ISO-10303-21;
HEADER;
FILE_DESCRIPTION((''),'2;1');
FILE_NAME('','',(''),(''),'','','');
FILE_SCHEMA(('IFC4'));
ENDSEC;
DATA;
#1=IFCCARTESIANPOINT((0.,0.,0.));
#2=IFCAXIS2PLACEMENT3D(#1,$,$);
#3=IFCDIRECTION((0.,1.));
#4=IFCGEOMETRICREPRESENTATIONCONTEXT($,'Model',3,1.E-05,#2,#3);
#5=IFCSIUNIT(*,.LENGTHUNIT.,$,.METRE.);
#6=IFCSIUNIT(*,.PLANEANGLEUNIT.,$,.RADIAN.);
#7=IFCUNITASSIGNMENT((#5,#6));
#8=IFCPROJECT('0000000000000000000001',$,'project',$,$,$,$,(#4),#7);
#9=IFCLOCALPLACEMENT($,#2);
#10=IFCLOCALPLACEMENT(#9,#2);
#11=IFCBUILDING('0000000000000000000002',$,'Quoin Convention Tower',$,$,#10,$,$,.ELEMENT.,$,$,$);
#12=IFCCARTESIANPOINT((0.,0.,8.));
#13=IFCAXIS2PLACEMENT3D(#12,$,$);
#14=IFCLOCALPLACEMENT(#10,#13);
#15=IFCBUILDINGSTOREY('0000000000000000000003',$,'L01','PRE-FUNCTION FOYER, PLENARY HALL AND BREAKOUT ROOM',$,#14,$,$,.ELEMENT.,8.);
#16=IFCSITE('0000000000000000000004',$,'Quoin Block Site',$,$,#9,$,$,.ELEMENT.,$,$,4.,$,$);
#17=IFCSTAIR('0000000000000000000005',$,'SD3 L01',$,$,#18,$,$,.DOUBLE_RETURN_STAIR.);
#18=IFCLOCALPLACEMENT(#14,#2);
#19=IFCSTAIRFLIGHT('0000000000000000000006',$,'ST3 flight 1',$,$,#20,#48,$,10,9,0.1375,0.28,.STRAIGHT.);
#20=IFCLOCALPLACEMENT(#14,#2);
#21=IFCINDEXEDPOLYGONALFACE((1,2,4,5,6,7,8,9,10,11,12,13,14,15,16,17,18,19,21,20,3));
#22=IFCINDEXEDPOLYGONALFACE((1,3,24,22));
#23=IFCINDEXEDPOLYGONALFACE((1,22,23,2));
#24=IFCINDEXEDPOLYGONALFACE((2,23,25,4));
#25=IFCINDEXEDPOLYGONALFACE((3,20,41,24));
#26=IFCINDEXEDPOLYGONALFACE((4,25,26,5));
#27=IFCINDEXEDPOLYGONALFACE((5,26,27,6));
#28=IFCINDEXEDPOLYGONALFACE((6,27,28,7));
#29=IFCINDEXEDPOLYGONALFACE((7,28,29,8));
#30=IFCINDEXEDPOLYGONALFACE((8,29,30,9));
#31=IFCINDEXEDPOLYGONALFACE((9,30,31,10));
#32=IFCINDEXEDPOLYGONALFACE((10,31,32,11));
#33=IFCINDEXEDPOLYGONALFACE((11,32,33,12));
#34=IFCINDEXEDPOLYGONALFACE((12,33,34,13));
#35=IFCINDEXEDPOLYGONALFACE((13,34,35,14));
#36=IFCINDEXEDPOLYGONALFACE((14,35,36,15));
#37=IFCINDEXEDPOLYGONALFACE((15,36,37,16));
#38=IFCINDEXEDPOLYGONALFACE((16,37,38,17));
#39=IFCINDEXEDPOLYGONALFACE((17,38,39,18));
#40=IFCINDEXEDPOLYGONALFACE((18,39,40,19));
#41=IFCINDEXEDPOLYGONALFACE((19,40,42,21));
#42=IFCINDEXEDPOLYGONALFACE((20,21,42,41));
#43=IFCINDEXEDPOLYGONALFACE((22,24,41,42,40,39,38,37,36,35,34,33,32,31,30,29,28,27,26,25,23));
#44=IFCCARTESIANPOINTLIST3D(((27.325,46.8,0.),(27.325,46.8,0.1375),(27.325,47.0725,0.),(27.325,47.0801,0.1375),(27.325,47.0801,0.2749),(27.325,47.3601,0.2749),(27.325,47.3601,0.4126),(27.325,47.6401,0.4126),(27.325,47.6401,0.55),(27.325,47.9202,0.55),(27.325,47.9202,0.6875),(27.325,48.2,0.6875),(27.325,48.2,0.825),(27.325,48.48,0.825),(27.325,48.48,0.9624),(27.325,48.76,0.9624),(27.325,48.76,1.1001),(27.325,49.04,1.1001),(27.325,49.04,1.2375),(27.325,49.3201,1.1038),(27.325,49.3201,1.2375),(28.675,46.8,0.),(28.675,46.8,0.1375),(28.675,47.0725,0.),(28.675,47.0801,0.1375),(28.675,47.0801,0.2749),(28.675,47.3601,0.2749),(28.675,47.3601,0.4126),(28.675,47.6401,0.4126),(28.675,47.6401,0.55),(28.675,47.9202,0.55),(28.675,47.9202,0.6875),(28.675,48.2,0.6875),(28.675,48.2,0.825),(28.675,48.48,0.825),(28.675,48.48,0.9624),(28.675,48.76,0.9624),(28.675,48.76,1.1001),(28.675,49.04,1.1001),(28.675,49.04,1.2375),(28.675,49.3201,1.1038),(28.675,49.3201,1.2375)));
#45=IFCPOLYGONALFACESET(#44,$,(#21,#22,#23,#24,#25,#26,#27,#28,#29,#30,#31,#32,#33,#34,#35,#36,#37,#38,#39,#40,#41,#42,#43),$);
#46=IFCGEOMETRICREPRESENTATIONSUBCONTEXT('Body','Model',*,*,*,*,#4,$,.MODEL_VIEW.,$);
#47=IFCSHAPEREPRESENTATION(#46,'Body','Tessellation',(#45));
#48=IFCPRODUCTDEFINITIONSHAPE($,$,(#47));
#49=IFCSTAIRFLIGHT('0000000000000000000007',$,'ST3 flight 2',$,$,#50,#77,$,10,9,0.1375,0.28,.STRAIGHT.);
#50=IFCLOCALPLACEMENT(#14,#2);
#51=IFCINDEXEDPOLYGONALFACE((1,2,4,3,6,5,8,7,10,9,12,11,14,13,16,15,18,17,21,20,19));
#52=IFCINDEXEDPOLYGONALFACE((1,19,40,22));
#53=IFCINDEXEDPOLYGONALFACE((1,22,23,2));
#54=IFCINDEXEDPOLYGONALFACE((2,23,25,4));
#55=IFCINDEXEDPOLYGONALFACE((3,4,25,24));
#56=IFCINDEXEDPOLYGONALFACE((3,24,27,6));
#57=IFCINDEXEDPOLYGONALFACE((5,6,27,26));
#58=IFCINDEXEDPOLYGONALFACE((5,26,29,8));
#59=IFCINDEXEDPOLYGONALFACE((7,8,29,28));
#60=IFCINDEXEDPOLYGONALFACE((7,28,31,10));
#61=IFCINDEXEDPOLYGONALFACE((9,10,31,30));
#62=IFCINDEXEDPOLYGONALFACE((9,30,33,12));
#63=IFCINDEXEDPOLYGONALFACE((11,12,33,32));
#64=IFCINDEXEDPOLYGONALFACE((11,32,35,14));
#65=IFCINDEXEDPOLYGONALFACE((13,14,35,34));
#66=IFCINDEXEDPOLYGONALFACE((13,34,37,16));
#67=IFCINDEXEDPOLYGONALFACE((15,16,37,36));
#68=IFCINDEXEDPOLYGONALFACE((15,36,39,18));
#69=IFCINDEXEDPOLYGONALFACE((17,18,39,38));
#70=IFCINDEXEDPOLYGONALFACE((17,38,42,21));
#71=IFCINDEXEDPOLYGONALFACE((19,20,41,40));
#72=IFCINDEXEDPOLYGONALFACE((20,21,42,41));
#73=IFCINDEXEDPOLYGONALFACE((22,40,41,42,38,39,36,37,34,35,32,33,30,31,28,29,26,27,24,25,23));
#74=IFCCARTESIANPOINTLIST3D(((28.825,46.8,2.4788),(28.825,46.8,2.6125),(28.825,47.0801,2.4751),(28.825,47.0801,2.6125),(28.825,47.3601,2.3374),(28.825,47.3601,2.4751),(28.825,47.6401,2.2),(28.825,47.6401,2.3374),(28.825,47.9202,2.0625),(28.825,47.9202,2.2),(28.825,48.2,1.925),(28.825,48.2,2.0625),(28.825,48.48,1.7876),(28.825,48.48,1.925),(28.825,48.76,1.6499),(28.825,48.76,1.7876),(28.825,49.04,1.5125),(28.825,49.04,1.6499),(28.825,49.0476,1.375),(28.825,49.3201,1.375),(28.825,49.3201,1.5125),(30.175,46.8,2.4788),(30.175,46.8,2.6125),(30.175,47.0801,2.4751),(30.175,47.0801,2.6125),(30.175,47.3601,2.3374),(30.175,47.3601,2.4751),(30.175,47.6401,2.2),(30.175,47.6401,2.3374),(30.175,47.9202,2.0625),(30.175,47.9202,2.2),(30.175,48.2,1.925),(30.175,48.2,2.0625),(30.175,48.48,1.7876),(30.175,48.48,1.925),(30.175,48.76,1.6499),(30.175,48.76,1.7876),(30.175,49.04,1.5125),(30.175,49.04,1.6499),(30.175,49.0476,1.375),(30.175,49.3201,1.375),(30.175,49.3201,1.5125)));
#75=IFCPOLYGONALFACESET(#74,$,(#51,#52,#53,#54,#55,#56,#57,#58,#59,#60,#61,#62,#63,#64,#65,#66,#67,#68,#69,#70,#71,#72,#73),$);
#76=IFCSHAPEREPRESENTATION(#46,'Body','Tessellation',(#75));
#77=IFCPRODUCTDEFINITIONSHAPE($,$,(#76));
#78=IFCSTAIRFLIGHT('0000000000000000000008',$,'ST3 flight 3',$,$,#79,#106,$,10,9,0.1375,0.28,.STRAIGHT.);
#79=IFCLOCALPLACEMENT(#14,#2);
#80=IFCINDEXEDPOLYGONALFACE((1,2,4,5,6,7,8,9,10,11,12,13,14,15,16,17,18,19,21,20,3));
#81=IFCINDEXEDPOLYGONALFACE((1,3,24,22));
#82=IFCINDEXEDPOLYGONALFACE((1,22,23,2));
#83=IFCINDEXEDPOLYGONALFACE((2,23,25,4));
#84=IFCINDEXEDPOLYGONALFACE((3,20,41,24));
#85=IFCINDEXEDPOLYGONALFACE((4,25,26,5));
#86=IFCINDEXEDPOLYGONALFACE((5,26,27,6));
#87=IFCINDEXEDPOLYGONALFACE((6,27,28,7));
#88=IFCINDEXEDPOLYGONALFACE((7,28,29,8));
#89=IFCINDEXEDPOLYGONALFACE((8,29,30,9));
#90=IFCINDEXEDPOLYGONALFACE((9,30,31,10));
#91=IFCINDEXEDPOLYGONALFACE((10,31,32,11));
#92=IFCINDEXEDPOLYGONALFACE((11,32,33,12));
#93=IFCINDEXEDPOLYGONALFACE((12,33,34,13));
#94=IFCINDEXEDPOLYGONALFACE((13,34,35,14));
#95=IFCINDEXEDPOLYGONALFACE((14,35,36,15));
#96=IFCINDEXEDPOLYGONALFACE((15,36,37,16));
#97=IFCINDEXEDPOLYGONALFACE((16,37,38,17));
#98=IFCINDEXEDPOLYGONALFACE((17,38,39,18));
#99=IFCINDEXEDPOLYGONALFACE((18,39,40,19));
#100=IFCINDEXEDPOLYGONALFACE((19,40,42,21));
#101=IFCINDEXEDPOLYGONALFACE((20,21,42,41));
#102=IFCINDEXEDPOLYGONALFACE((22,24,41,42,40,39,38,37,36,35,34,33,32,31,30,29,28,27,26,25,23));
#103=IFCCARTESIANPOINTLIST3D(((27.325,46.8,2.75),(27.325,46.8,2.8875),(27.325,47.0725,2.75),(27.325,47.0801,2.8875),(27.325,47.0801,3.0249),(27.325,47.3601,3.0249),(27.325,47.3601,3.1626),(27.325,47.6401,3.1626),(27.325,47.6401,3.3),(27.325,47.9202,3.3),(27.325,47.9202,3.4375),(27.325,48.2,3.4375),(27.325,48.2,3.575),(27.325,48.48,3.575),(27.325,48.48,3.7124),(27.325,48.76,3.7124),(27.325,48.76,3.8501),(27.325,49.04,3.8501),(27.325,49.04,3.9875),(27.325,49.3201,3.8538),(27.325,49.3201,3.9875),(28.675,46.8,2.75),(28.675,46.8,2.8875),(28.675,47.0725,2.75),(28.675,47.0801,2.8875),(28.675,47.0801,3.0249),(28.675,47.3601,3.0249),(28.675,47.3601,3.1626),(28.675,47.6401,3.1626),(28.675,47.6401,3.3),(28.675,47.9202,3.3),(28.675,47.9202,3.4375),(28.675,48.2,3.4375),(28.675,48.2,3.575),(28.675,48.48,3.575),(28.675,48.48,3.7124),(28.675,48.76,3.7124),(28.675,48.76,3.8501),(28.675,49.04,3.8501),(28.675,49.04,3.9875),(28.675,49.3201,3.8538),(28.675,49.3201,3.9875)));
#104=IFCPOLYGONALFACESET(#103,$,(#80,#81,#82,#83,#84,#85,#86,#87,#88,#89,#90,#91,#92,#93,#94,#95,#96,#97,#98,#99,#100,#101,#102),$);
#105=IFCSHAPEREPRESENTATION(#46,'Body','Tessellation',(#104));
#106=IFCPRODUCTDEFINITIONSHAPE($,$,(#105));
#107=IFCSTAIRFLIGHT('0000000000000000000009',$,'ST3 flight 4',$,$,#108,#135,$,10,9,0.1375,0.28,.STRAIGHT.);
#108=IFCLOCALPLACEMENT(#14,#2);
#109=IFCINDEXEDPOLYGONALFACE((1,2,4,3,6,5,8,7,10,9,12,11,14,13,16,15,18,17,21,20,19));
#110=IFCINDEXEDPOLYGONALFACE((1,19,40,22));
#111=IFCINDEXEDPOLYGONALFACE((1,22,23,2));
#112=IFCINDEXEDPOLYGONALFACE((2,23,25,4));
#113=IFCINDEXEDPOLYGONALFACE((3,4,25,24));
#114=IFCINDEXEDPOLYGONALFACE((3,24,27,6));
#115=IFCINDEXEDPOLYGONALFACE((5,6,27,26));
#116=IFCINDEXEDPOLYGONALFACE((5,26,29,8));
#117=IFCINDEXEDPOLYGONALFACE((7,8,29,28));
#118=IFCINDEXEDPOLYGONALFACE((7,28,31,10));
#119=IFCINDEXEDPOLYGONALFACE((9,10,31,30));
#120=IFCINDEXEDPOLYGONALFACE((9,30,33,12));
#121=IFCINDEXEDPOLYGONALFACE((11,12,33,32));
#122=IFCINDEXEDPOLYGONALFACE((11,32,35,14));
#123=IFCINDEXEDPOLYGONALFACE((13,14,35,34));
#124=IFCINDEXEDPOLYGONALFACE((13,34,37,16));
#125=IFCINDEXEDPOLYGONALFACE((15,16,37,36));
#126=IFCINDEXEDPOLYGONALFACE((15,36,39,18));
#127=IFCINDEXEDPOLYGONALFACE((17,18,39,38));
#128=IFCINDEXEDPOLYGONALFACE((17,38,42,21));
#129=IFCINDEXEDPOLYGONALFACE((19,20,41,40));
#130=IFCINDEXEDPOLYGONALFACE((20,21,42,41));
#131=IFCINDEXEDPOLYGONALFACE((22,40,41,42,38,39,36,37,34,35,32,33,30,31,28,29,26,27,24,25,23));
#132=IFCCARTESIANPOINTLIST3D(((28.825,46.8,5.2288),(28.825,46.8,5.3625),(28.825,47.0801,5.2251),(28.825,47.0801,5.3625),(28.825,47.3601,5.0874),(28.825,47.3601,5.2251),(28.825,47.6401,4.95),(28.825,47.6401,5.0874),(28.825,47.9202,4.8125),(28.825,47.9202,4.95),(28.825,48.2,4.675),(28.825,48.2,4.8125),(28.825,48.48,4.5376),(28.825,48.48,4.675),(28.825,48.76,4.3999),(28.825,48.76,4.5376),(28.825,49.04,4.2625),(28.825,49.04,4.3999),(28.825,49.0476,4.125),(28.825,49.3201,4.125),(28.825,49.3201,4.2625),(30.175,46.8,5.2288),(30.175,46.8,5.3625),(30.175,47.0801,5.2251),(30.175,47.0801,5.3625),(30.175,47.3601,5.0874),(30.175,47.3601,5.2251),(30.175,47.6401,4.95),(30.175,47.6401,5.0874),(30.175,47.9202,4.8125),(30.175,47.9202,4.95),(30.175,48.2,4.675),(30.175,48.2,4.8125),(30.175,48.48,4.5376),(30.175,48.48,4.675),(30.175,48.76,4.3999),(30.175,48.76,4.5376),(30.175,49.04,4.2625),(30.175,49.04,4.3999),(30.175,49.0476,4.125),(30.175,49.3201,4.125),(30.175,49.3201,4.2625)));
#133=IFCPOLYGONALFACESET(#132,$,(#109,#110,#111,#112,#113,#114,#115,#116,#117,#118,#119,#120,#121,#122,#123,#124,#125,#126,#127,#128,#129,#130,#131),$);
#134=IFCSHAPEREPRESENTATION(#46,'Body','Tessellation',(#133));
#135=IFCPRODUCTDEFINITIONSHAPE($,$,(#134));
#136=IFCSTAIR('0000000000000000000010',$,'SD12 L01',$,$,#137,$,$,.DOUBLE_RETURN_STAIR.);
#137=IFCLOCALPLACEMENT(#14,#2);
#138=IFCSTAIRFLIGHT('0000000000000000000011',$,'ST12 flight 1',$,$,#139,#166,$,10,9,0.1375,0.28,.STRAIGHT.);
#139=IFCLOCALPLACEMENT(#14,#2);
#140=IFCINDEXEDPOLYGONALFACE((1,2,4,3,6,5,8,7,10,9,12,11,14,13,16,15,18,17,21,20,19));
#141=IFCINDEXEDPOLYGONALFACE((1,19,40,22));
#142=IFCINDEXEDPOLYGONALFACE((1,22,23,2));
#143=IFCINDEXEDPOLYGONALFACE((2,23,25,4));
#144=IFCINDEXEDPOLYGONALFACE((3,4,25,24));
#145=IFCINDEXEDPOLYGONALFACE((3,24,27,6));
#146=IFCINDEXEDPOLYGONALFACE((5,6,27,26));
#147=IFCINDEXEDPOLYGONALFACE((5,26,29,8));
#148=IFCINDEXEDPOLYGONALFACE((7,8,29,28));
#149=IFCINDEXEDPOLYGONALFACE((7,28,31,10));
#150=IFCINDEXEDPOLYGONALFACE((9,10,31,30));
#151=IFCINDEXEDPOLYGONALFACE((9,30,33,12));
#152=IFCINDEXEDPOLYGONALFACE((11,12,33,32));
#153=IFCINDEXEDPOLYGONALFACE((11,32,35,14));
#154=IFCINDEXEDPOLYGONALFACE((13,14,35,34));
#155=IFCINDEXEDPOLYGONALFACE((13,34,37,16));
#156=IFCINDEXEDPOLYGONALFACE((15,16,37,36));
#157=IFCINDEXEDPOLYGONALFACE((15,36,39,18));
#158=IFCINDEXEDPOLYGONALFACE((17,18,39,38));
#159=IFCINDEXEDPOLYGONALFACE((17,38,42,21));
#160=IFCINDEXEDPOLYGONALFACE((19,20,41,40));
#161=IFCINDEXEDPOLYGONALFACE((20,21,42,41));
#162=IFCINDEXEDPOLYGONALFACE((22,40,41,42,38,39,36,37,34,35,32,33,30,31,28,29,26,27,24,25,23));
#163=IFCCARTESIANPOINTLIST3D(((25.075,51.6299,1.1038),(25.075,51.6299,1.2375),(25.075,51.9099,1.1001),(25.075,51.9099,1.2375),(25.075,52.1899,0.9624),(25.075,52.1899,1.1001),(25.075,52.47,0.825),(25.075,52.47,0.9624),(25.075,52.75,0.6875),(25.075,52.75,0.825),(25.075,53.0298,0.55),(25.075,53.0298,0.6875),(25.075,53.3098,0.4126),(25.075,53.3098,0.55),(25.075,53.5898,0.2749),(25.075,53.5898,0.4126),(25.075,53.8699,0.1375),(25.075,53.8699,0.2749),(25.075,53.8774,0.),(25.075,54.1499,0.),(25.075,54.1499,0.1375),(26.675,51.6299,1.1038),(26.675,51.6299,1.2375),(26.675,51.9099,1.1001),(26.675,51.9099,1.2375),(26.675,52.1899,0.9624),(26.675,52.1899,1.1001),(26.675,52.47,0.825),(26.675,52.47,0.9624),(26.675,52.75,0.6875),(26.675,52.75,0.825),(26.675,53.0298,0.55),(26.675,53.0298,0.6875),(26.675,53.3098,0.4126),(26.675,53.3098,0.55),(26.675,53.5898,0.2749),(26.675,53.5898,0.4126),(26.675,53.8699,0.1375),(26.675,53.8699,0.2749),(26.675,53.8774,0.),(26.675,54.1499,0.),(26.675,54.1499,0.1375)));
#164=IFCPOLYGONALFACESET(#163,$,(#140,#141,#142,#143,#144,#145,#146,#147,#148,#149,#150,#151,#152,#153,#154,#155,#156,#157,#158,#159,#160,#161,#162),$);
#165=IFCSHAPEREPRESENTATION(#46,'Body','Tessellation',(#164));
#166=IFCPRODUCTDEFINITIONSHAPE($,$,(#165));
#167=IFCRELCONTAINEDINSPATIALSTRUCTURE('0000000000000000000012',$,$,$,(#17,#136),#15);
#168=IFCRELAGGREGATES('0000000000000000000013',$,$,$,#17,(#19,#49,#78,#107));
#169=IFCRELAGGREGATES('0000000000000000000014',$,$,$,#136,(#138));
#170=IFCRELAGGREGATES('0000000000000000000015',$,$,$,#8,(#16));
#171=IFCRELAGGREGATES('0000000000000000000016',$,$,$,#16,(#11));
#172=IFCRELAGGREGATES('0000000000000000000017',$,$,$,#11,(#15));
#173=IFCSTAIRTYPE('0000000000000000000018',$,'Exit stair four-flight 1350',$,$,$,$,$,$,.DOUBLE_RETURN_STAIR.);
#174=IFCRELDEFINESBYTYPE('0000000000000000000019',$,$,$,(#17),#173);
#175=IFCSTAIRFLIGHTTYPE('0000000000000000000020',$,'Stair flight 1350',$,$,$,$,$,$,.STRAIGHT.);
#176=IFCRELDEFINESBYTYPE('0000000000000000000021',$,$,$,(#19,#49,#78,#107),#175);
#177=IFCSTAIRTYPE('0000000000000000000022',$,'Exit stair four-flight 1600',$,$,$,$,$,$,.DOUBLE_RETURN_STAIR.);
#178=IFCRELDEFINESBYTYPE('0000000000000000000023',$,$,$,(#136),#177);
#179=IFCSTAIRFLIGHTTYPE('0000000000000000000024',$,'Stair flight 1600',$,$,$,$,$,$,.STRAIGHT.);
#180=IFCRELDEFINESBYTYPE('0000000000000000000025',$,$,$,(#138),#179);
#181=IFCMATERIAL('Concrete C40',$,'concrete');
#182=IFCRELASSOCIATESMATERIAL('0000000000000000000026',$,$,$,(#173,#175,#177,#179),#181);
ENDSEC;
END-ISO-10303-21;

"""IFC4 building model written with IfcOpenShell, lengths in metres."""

from ifc_helpers import new_model, si_unit, direction, frame, origin, place, context, subcontext, project, spatial, polyline, outline, extrude, material, type_object, element, aggregate, save


model = new_model("IFC4")

# Units and contexts
model_context = context("Model", 3, precision=1e-05, world=origin(), true_north=direction((0.0, 1.0)))
body_context = subcontext(model_context, "Body", "Model", "MODEL_VIEW")
ifc_project = project(units=[si_unit("LENGTHUNIT", "METRE"), si_unit("PLANEANGLEUNIT", "RADIAN")], contexts=[model_context])

# Site, building, storey
site_placement = place(None, origin())
site = spatial("IfcSite", under=ifc_project, at=site_placement, Name="Quoin Block Site", CompositionType="ELEMENT", RefElevation=4.0)
building_placement = place(site_placement, origin())
building = spatial("IfcBuilding", under=site, at=building_placement, Name="Quoin Convention Tower", CompositionType="ELEMENT")
storey_placement = place(building_placement, frame((0.0, 0.0, 8.0)))
storey = spatial("IfcBuildingStorey", under=building, at=storey_placement, Name="L01", Description="PRE-FUNCTION FOYER, PLENARY HALL AND BREAKOUT ROOM", CompositionType="ELEMENT", Elevation=8.0)

# Stairs, stair flights
ifc_material_1 = material(Name="Concrete C40", Category="concrete")
stair_type_1 = type_object("IfcStairType", Name="Exit stair four-flight 1350", PredefinedType="DOUBLE_RETURN_STAIR", material=ifc_material_1)
stair_1_placement = place(storey_placement, origin())
stair_1 = element("IfcStair", 1, at=stair_1_placement, inside=storey, type_object=stair_type_1, Name="SD3 L01", PredefinedType="DOUBLE_RETURN_STAIR")
stair_flight_type_1 = type_object("IfcStairFlightType", Name="Stair flight 1350", PredefinedType="STRAIGHT", material=ifc_material_1)
stair_flight_1_placement = place(storey_placement, frame((28.0, 46.8, 0.0), z_axis=(0.0, 0.0, 1.0), x_axis=(0.0, 1.0, 0.0)))
stair_flight_1 = element("IfcStairFlight", 2, at=stair_flight_1_placement, type_object=stair_flight_type_1, Name="ST3 flight 1", NumberOfRisers=10, NumberOfTreads=9, PredefinedType="STRAIGHT", RiserHeight=0.1375, TreadLength=0.28, context=body_context, shape_type="SweptSolid", body=[
    extrude(outline(polyline([(0.0, 0.0), (0.0, 0.1375), (0.28, 0.1375), (0.28, 0.2749), (0.5601, 0.2749), (0.5601, 0.4126), (0.8401, 0.4126), (0.8401, 0.55), (1.1201, 0.55), (1.1201, 0.6875), (1.3999, 0.6875), (1.3999, 0.825), (1.6799, 0.825), (1.6799, 0.9624), (1.96, 0.9624), (1.96, 1.1001), (2.24, 1.1001), (2.24, 1.2375), (2.52, 1.2375), (2.52, 1.375), (2.52, 1.1038), (0.2725, 0.0), (0.0, 0.0)])), frame((0.0, 0.675, 0.0), z_axis=(0.0, -1.0, 0.0), x_axis=(1.0, 0.0, 0.0)), (0.0, 0.0, 1.0), 1.3501),
])
stair_flight_2_placement = place(storey_placement, frame((29.5, 49.3201, 1.375), z_axis=(0.0, 0.0, 1.0), x_axis=(0.0, -1.0, 0.0)))
stair_flight_2 = element("IfcStairFlight", 3, at=stair_flight_2_placement, type_object=stair_flight_type_1, Name="ST3 flight 2", NumberOfRisers=10, NumberOfTreads=9, PredefinedType="STRAIGHT", RiserHeight=0.1375, TreadLength=0.28, context=body_context, shape_type="SweptSolid", body=[
    extrude(outline(polyline([(0.0, 0.0), (0.0, 0.1375), (0.28, 0.1375), (0.28, 0.2749), (0.5601, 0.2749), (0.5601, 0.4126), (0.8401, 0.4126), (0.8401, 0.55), (1.1201, 0.55), (1.1201, 0.6875), (1.3999, 0.6875), (1.3999, 0.825), (1.6799, 0.825), (1.6799, 0.9624), (1.96, 0.9624), (1.96, 1.1001), (2.24, 1.1001), (2.24, 1.2375), (2.52, 1.2375), (2.52, 1.375), (2.52, 1.1038), (0.2725, 0.0), (0.0, 0.0)])), frame((0.0, 0.675, 0.0), z_axis=(0.0, -1.0, 0.0), x_axis=(1.0, 0.0, 0.0)), (0.0, 0.0, 1.0), 1.3501),
])
stair_flight_3_placement = place(storey_placement, frame((28.0, 46.8, 2.75), z_axis=(0.0, 0.0, 1.0), x_axis=(0.0, 1.0, 0.0)))
stair_flight_3 = element("IfcStairFlight", 4, at=stair_flight_3_placement, type_object=stair_flight_type_1, Name="ST3 flight 3", NumberOfRisers=10, NumberOfTreads=9, PredefinedType="STRAIGHT", RiserHeight=0.1375, TreadLength=0.28, context=body_context, shape_type="SweptSolid", body=[
    extrude(outline(polyline([(0.0, 0.0), (0.0, 0.1375), (0.28, 0.1375), (0.28, 0.2749), (0.5601, 0.2749), (0.5601, 0.4126), (0.8401, 0.4126), (0.8401, 0.55), (1.1201, 0.55), (1.1201, 0.6875), (1.3999, 0.6875), (1.3999, 0.825), (1.6799, 0.825), (1.6799, 0.9624), (1.96, 0.9624), (1.96, 1.1001), (2.24, 1.1001), (2.24, 1.2375), (2.52, 1.2375), (2.52, 1.375), (2.52, 1.1038), (0.2725, 0.0), (0.0, 0.0)])), frame((0.0, 0.675, 0.0), z_axis=(0.0, -1.0, 0.0), x_axis=(1.0, 0.0, 0.0)), (0.0, 0.0, 1.0), 1.3501),
])
stair_flight_4_placement = place(storey_placement, frame((29.5, 49.3201, 4.125), z_axis=(0.0, 0.0, 1.0), x_axis=(0.0, -1.0, 0.0)))
stair_flight_4 = element("IfcStairFlight", 5, at=stair_flight_4_placement, type_object=stair_flight_type_1, Name="ST3 flight 4", NumberOfRisers=10, NumberOfTreads=9, PredefinedType="STRAIGHT", RiserHeight=0.1375, TreadLength=0.28, context=body_context, shape_type="SweptSolid", body=[
    extrude(outline(polyline([(0.0, 0.0), (0.0, 0.1375), (0.28, 0.1375), (0.28, 0.2749), (0.5601, 0.2749), (0.5601, 0.4126), (0.8401, 0.4126), (0.8401, 0.55), (1.1201, 0.55), (1.1201, 0.6875), (1.3999, 0.6875), (1.3999, 0.825), (1.6799, 0.825), (1.6799, 0.9624), (1.96, 0.9624), (1.96, 1.1001), (2.24, 1.1001), (2.24, 1.2375), (2.52, 1.2375), (2.52, 1.375), (2.52, 1.1038), (0.2725, 0.0), (0.0, 0.0)])), frame((0.0, 0.675, 0.0), z_axis=(0.0, -1.0, 0.0), x_axis=(1.0, 0.0, 0.0)), (0.0, 0.0, 1.0), 1.3501),
])
aggregate(stair_1, [stair_flight_1, stair_flight_2, stair_flight_3, stair_flight_4])
stair_type_2 = type_object("IfcStairType", Name="Exit stair four-flight 1600", PredefinedType="DOUBLE_RETURN_STAIR", material=ifc_material_1)
stair_2_placement = place(storey_placement, origin())
stair_2 = element("IfcStair", 6, at=stair_2_placement, inside=storey, type_object=stair_type_2, Name="SD12 L01", PredefinedType="DOUBLE_RETURN_STAIR")
stair_flight_type_2 = type_object("IfcStairFlightType", Name="Stair flight 1600", PredefinedType="STRAIGHT", material=ifc_material_1)
stair_flight_5_placement = place(storey_placement, frame((25.875, 54.1499, 0.0), z_axis=(0.0, 0.0, 1.0), x_axis=(0.0, -1.0, 0.0)))
stair_flight_5 = element("IfcStairFlight", 7, at=stair_flight_5_placement, type_object=stair_flight_type_2, Name="ST12 flight 1", NumberOfRisers=10, NumberOfTreads=9, PredefinedType="STRAIGHT", RiserHeight=0.1375, TreadLength=0.28, context=body_context, shape_type="SweptSolid", body=[
    extrude(outline(polyline([(0.0, 0.0), (0.0, 0.1375), (0.28, 0.1375), (0.28, 0.2749), (0.5601, 0.2749), (0.5601, 0.4126), (0.8401, 0.4126), (0.8401, 0.55), (1.1201, 0.55), (1.1201, 0.6875), (1.3999, 0.6875), (1.3999, 0.825), (1.6799, 0.825), (1.6799, 0.9624), (1.96, 0.9624), (1.96, 1.1001), (2.24, 1.1001), (2.24, 1.2375), (2.52, 1.2375), (2.52, 1.375), (2.52, 1.1038), (0.2725, 0.0), (0.0, 0.0)])), frame((0.0, 0.8, 0.0), z_axis=(0.0, -1.0, 0.0), x_axis=(1.0, 0.0, 0.0)), (0.0, 0.0, 1.0), 1.6001),
])
aggregate(stair_2, [stair_flight_5])

save(model, "model.ifc")
